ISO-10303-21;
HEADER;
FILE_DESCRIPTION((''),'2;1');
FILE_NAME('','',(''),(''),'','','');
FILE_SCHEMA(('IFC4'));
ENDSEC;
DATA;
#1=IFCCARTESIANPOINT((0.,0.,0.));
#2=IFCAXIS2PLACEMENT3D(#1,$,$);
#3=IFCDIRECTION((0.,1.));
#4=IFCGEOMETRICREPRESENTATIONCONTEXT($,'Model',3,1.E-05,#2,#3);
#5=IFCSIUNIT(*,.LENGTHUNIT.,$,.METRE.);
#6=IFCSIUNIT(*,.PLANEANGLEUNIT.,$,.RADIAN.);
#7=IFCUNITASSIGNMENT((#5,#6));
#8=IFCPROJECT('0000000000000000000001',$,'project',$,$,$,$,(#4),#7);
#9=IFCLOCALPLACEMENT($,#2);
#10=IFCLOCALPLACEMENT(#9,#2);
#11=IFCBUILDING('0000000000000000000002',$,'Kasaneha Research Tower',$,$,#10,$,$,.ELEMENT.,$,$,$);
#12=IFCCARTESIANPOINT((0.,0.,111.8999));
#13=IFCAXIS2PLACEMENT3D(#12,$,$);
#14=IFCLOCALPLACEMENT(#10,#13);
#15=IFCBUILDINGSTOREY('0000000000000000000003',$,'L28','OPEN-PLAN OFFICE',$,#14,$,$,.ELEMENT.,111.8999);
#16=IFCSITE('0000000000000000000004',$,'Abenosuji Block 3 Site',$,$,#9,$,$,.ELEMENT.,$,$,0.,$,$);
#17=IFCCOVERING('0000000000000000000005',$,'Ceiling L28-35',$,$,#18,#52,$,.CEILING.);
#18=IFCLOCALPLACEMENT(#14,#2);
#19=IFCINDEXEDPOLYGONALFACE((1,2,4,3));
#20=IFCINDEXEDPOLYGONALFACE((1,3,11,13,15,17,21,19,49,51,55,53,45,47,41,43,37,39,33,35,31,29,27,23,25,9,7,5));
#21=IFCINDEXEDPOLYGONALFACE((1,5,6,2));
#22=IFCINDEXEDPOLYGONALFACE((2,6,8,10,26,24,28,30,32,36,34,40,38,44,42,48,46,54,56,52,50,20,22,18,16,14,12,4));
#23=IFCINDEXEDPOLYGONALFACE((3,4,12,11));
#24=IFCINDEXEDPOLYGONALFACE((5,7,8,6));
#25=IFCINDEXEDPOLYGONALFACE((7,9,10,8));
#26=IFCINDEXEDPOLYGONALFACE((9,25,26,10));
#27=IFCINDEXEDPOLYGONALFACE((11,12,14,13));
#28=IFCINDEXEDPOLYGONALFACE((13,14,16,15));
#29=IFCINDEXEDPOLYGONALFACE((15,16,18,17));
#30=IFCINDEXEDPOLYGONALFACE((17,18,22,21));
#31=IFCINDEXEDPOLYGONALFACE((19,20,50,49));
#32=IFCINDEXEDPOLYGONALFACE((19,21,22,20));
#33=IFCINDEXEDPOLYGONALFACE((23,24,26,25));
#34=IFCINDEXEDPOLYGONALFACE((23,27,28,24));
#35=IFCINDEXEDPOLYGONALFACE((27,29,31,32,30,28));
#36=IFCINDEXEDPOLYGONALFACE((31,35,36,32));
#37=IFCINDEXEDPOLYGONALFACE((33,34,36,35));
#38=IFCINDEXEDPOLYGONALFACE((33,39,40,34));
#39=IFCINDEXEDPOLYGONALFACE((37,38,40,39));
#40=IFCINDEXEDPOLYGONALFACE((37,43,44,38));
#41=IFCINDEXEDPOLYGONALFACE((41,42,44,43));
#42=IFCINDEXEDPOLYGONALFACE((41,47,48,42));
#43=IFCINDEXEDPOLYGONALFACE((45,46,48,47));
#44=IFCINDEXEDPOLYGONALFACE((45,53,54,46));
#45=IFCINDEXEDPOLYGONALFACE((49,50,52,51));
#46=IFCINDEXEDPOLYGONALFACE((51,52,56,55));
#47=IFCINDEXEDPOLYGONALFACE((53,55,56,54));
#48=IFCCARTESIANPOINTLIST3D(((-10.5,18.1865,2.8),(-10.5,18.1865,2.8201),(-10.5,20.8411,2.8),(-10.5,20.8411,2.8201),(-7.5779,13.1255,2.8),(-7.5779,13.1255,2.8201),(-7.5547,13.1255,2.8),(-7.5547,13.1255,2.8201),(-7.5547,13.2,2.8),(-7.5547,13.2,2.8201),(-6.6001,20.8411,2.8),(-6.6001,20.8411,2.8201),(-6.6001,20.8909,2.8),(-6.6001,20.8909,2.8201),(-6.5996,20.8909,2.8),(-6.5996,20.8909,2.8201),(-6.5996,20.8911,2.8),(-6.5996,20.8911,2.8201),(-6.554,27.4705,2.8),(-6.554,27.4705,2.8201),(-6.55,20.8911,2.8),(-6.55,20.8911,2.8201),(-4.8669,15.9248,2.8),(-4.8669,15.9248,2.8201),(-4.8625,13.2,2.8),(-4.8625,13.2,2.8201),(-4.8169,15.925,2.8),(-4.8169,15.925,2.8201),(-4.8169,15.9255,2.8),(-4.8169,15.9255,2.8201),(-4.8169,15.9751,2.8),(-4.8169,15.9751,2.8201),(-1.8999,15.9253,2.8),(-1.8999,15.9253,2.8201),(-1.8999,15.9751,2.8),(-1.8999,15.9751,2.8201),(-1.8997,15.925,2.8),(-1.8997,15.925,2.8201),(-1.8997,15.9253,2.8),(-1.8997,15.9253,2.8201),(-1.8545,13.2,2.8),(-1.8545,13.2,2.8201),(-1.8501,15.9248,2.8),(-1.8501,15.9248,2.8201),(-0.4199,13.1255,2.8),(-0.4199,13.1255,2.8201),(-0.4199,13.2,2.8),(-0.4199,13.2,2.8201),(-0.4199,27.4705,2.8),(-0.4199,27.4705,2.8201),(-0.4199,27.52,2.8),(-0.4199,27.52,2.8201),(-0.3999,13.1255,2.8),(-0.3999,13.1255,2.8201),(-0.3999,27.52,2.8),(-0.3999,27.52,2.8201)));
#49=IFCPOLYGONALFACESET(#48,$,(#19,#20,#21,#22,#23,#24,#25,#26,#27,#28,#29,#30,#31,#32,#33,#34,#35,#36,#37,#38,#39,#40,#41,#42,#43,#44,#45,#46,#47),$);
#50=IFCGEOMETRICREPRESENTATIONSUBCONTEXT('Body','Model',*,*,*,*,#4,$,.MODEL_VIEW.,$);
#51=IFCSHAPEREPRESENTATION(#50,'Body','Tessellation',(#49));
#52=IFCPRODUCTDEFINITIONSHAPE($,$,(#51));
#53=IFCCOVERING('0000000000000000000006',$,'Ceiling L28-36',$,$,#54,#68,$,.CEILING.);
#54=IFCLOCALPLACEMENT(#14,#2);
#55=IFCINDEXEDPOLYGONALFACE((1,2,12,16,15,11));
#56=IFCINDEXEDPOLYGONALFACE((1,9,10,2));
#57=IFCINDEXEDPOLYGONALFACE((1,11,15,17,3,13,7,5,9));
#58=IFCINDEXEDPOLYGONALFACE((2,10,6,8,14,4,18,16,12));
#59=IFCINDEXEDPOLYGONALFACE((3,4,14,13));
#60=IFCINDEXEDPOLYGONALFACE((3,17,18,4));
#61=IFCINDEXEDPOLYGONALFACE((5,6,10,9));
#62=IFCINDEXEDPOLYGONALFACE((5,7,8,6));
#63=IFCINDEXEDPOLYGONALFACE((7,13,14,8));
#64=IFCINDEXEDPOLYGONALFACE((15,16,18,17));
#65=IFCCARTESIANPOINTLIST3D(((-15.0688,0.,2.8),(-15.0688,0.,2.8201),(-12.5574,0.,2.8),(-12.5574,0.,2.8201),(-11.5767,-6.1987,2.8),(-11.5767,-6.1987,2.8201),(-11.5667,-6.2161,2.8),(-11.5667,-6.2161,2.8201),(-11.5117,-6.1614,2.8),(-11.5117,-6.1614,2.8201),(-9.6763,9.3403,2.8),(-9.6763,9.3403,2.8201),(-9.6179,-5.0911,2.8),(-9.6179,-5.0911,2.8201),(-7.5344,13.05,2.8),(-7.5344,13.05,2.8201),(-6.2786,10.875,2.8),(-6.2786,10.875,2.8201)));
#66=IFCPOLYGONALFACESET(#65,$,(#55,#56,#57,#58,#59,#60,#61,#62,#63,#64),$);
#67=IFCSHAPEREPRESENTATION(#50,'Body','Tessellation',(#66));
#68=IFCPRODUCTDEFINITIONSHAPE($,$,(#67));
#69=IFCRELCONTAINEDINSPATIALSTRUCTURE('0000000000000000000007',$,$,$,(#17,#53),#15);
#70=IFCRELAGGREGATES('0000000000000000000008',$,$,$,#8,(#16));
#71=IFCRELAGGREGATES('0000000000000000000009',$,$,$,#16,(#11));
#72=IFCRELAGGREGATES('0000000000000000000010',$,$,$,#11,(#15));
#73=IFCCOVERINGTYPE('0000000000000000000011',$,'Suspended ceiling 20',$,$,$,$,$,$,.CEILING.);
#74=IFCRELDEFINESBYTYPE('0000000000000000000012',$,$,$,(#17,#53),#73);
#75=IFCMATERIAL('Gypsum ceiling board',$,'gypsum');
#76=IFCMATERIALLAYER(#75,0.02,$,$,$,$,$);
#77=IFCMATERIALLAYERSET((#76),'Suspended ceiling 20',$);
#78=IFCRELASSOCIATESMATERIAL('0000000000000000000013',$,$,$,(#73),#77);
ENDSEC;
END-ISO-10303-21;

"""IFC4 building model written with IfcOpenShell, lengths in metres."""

from ifc_helpers import new_model, si_unit, direction, frame, origin, place, context, subcontext, project, spatial, polyline, outline, extrude, material, layer, layer_set, type_object, element, save


model = new_model("IFC4")

# Units and contexts
model_context = context("Model", 3, precision=1e-05, world=origin(), true_north=direction((0.0, 1.0)))
body_context = subcontext(model_context, "Body", "Model", "MODEL_VIEW")
ifc_project = project(units=[si_unit("LENGTHUNIT", "METRE"), si_unit("PLANEANGLEUNIT", "RADIAN")], contexts=[model_context])

# Site, building, storey
site_placement = place(None, origin())
site = spatial("IfcSite", under=ifc_project, at=site_placement, Name="Abenosuji Block 3 Site", CompositionType="ELEMENT", RefElevation=0.0)
building_placement = place(site_placement, origin())
building = spatial("IfcBuilding", under=site, at=building_placement, Name="Kasaneha Research Tower", CompositionType="ELEMENT")
storey_placement = place(building_placement, frame((0.0, 0.0, 111.8999)))
storey = spatial("IfcBuildingStorey", under=building, at=storey_placement, Name="L28", Description="OPEN-PLAN OFFICE", CompositionType="ELEMENT", Elevation=111.8999)

# Coverings
ifc_material_1 = material(Name="Gypsum ceiling board", Category="gypsum")
ifc_layer_1 = layer(ifc_material_1, 0.02)
ifc_layer_set_1 = layer_set([ifc_layer_1], Name="Suspended ceiling 20")
covering_type = type_object("IfcCoveringType", Name="Suspended ceiling 20", PredefinedType="CEILING", material=ifc_layer_set_1)
covering_1_placement = place(storey_placement, frame((0.0, 0.0, 2.8)))
element("IfcCovering", 1, at=covering_1_placement, inside=storey, type_object=covering_type, Name="Ceiling L28-35", PredefinedType="CEILING", context=body_context, shape_type="SweptSolid", body=[
    extrude(outline(polyline([(-1.8999, 15.9253), (-1.8999, 15.9751), (-4.8169, 15.9751), (-4.8169, 15.9255), (-4.8169, 15.925), (-4.8669, 15.9248), (-4.8625, 13.2), (-7.5547, 13.2), (-7.5547, 13.1255), (-7.5779, 13.1255), (-10.5, 18.1865), (-10.5, 20.8411), (-6.6001, 20.8411), (-6.6001, 20.8909), (-6.5996, 20.8909), (-6.5996, 20.8911), (-6.55, 20.8911), (-6.554, 27.4705), (-0.4199, 27.4705), (-0.4199, 27.52), (-0.3999, 27.52), (-0.3999, 13.1255), (-0.4199, 13.1255), (-0.4199, 13.2), (-1.8545, 13.2), (-1.8501, 15.9248), (-1.8997, 15.925), (-1.8997, 15.9253), (-1.8999, 15.9253)])), origin(), (0.0, 0.0, 1.0), 0.02),
])
covering_2_placement = place(storey_placement, frame((0.0, 0.0, 2.8)))
element("IfcCovering", 2, at=covering_2_placement, inside=storey, type_object=covering_type, Name="Ceiling L28-36", PredefinedType="CEILING", context=body_context, shape_type="SweptSolid", body=[
    extrude(outline(polyline([(-12.5574, 0.0), (-9.6179, -5.0911), (-11.5667, -6.2161), (-11.5767, -6.1987), (-11.5117, -6.1614), (-15.0688, 0.0), (-9.6763, 9.3403), (-9.6763, 9.3403), (-7.5344, 13.05), (-7.5344, 13.05), (-6.2786, 10.875), (-12.5574, 0.0)])), origin(), (0.0, 0.0, 1.0), 0.02),
])

save(model, "model.ifc")
